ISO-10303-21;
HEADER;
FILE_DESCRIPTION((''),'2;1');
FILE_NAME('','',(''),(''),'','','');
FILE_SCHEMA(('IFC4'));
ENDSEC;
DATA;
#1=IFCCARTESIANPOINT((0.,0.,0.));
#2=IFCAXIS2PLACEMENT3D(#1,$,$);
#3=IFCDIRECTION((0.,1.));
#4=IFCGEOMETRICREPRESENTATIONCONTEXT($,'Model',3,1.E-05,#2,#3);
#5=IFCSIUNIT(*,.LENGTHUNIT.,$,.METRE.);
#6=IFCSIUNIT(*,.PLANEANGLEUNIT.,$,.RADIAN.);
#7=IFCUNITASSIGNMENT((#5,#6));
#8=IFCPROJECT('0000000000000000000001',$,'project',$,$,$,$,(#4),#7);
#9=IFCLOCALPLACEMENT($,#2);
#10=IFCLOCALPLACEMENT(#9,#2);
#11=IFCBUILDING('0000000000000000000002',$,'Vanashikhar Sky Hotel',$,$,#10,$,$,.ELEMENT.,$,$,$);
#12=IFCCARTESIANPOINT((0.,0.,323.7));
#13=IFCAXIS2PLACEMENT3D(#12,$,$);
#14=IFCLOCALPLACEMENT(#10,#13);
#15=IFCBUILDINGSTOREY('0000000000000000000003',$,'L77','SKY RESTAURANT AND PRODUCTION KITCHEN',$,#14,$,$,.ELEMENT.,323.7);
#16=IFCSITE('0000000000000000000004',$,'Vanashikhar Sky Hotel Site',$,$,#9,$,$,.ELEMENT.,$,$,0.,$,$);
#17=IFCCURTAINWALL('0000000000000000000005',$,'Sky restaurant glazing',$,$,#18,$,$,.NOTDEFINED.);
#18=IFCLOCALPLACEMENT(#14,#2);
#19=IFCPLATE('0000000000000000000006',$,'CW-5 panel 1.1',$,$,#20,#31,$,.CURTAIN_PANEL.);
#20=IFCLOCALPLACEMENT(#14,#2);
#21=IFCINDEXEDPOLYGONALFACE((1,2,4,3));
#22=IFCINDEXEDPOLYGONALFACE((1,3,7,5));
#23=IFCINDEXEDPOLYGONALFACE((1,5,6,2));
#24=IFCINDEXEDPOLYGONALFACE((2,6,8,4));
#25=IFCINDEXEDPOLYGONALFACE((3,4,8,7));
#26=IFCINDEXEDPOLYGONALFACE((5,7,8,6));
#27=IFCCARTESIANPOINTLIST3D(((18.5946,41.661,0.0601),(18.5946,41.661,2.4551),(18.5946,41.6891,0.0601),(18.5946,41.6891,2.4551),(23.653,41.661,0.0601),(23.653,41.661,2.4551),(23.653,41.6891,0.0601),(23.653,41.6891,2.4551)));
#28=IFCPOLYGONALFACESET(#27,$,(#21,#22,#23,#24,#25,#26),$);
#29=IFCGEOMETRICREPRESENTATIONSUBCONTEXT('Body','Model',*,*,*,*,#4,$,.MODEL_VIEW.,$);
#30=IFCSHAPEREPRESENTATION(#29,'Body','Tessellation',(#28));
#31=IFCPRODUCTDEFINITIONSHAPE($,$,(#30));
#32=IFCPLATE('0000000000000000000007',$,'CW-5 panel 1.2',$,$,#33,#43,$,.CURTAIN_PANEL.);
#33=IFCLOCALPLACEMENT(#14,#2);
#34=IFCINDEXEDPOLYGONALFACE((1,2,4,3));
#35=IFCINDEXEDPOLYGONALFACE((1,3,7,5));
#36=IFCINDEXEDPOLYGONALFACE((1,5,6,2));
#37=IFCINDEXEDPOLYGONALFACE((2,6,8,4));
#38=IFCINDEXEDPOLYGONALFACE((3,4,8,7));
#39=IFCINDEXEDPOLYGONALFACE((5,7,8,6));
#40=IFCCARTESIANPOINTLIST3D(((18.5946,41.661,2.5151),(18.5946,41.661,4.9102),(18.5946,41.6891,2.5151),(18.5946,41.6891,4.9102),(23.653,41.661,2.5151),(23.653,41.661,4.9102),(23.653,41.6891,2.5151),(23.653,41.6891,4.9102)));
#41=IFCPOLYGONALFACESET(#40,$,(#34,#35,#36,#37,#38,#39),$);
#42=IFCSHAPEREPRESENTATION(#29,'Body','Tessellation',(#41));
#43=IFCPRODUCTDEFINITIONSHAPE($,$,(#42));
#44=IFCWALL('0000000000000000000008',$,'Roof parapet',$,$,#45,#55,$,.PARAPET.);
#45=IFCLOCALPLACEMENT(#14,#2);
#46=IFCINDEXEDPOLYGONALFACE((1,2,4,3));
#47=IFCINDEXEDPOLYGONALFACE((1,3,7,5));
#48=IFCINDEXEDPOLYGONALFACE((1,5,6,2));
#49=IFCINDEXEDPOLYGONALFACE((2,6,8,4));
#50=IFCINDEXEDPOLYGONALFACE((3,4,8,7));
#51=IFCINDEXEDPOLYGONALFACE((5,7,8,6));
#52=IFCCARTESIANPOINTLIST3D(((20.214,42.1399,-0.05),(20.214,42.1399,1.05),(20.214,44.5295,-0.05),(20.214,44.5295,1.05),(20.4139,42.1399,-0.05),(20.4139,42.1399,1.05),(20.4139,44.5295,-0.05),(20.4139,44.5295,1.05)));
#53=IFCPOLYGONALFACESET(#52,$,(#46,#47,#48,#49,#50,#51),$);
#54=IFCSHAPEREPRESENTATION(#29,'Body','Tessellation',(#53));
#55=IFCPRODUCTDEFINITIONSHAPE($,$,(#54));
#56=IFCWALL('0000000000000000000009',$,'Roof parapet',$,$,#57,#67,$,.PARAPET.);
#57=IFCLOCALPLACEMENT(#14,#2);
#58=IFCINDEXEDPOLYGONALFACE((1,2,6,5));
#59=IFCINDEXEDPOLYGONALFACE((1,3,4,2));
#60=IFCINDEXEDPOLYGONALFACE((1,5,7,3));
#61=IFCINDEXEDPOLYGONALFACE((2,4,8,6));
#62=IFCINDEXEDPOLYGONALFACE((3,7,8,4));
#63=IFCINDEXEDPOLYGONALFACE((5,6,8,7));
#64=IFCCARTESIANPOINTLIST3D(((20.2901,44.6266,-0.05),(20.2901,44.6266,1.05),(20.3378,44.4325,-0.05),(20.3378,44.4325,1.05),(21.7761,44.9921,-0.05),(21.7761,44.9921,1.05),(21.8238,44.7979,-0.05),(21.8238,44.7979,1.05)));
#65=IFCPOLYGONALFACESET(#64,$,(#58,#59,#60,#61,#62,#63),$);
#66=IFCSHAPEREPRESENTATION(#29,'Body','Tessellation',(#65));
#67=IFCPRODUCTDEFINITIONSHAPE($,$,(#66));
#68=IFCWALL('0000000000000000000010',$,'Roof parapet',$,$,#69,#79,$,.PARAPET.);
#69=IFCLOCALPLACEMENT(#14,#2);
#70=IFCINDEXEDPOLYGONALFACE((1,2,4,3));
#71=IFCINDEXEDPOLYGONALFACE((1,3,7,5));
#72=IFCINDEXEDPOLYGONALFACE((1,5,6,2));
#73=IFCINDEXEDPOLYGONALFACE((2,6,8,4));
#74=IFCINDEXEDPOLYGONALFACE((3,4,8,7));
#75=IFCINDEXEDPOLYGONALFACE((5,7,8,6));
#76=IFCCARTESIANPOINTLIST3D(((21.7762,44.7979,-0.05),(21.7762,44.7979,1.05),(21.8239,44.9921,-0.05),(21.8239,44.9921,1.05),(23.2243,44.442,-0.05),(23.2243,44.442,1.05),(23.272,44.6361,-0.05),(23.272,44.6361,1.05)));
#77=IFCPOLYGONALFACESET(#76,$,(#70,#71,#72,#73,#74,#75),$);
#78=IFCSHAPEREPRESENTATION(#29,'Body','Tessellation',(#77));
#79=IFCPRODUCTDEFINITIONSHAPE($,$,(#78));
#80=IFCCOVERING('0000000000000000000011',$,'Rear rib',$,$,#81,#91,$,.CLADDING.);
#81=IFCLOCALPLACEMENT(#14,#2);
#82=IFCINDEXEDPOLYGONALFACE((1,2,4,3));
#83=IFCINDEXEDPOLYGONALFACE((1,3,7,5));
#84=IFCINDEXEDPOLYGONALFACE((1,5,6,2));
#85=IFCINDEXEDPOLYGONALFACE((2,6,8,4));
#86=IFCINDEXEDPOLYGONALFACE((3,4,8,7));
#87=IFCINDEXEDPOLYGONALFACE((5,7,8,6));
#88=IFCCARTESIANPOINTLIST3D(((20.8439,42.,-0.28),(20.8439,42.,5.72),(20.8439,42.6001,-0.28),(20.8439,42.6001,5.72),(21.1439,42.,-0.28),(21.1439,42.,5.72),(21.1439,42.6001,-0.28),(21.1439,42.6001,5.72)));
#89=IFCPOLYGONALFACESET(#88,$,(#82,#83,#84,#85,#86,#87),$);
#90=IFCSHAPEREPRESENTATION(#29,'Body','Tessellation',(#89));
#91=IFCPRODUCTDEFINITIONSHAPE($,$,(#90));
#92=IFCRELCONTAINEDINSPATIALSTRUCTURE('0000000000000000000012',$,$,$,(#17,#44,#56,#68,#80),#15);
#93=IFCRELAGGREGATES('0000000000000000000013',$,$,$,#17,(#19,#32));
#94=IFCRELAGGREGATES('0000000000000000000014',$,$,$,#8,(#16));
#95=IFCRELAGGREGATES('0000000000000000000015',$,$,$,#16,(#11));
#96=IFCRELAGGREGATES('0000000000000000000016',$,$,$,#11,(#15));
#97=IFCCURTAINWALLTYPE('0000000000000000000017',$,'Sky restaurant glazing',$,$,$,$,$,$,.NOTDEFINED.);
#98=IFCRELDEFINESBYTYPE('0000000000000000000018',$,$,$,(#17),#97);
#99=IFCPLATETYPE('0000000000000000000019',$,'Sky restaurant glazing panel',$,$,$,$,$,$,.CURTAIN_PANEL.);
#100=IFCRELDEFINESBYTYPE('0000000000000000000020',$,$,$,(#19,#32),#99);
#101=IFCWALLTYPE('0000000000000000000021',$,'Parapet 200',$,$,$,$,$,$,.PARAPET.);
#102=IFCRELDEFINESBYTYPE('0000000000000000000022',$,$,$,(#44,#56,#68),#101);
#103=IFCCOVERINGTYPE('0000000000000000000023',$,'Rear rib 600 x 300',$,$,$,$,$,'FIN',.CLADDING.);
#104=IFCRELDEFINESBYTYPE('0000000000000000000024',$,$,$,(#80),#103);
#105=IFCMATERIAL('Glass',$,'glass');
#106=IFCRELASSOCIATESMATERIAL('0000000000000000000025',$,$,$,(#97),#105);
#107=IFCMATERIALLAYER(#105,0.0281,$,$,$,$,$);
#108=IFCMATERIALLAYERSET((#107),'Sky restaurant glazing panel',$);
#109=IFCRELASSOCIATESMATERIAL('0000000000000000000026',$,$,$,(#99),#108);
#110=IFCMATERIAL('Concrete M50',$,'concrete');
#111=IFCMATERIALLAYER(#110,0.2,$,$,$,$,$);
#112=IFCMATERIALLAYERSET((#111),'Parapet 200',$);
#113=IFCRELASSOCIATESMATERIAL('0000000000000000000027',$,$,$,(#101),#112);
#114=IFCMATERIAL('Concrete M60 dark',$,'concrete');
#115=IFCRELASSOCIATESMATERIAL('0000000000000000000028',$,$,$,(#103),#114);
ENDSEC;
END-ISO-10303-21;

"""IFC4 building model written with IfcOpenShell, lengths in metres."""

from ifc_helpers import new_model, si_unit, direction, frame, frame_2d, origin, origin_2d, place, context, subcontext, project, spatial, rectangle, extrude, source, transform, mapped, material, layer, layer_set, material_profile, profile_set, type_object, element, aggregate, save


model = new_model("IFC4")

# Units and contexts
model_context = context("Model", 3, precision=1e-05, world=origin(), true_north=direction((0.0, 1.0)))
body_context = subcontext(model_context, "Body", "Model", "MODEL_VIEW")
ifc_project = project(units=[si_unit("LENGTHUNIT", "METRE"), si_unit("PLANEANGLEUNIT", "RADIAN")], contexts=[model_context])

# Site, building, storey
site_placement = place(None, origin())
site = spatial("IfcSite", under=ifc_project, at=site_placement, Name="Vanashikhar Sky Hotel Site", CompositionType="ELEMENT", RefElevation=0.0)
building_placement = place(site_placement, origin())
building = spatial("IfcBuilding", under=site, at=building_placement, Name="Vanashikhar Sky Hotel", CompositionType="ELEMENT")
storey_placement = place(building_placement, frame((0.0, 0.0, 323.7)))
storey = spatial("IfcBuildingStorey", under=building, at=storey_placement, Name="L77", Description="SKY RESTAURANT AND PRODUCTION KITCHEN", CompositionType="ELEMENT", Elevation=323.7)

# Curtain wall
ifc_material_1 = material(Name="Glass", Category="glass")
curtain_wall_type = type_object("IfcCurtainWallType", Name="Sky restaurant glazing", PredefinedType="NOTDEFINED", material=ifc_material_1)
curtain_wall_1_placement = place(storey_placement, origin())
curtain_wall_1 = element("IfcCurtainWall", 1, at=curtain_wall_1_placement, inside=storey, type_object=curtain_wall_type, Name="Sky restaurant glazing", PredefinedType="NOTDEFINED")

# Plates
ifc_layer_1 = layer(ifc_material_1, 0.0281)
ifc_layer_set_1 = layer_set([ifc_layer_1], Name="Sky restaurant glazing panel")
plate_type = type_object("IfcPlateType", Name="Sky restaurant glazing panel", PredefinedType="CURTAIN_PANEL", material=ifc_layer_set_1)
shared_shape_1 = source(origin(), body_context, "Body", "SweptSolid", [
    extrude(rectangle(XDim=5.0583, YDim=0.0281, at=origin_2d()), origin(), (0.0, 0.0, 1.0), 2.395),
])
plate_1_placement = place(storey_placement, frame((21.1238, 41.675, 0.0601), z_axis=(0.0, 0.0, 1.0), x_axis=(-1.0, 0.0, 0.0)))
plate_1 = element("IfcPlate", 2, at=plate_1_placement, type_object=plate_type, Name="CW-5 panel 1.1", PredefinedType="CURTAIN_PANEL", context=body_context, shape_type="MappedRepresentation", body=[
    mapped(shared_shape_1, transform((0.0, 0.0, 0.0), scale=1.0)),
])
plate_2_placement = place(storey_placement, frame((21.1238, 41.675, 2.5151), z_axis=(0.0, 0.0, 1.0), x_axis=(-1.0, 0.0, 0.0)))
plate_2 = element("IfcPlate", 3, at=plate_2_placement, type_object=plate_type, Name="CW-5 panel 1.2", PredefinedType="CURTAIN_PANEL", context=body_context, shape_type="MappedRepresentation", body=[
    mapped(shared_shape_1, transform((0.0, 0.0, 0.0), scale=1.0)),
])
aggregate(curtain_wall_1, [plate_1, plate_2])

# Walls
ifc_material_2 = material(Name="Concrete M50", Category="concrete")
ifc_layer_2 = layer(ifc_material_2, 0.2)
ifc_layer_set_2 = layer_set([ifc_layer_2], Name="Parapet 200")
wall_type = type_object("IfcWallType", Name="Parapet 200", PredefinedType="PARAPET", material=ifc_layer_set_2)
shared_shape_2 = source(origin(), body_context, "Body", "SweptSolid", [
    extrude(rectangle(XDim=2.3896, YDim=0.2, at=frame_2d((1.1948, 0.0))), origin(), (0.0, 0.0, 1.0), 1.1001),
])
wall_1_placement = place(storey_placement, frame((20.314, 42.1399, -0.05), z_axis=(0.0, 0.0, 1.0), x_axis=(0.0, 1.0, 0.0)))
element("IfcWall", 4, at=wall_1_placement, inside=storey, type_object=wall_type, Name="Roof parapet", PredefinedType="PARAPET", context=body_context, shape_type="MappedRepresentation", body=[
    mapped(shared_shape_2, transform((0.0, 0.0, 0.0), scale=1.0)),
])
shared_shape_3 = source(origin(), body_context, "Body", "SweptSolid", [
    extrude(rectangle(XDim=1.5303, YDim=0.2, at=frame_2d((0.7651, 0.0))), origin(), (0.0, 0.0, 1.0), 1.1001),
])
wall_2_placement = place(storey_placement, frame((20.314, 44.5295, -0.05), z_axis=(0.0, 0.0, 1.0), x_axis=(0.971064, 0.238818, 0.0)))
element("IfcWall", 5, at=wall_2_placement, inside=storey, type_object=wall_type, Name="Roof parapet", PredefinedType="PARAPET", context=body_context, shape_type="MappedRepresentation", body=[
    mapped(shared_shape_3, transform((0.0, 0.0, 0.0), scale=1.0)),
])
shared_shape_4 = source(origin(), body_context, "Body", "SweptSolid", [
    extrude(rectangle(XDim=1.4912, YDim=0.2, at=frame_2d((0.7456, 0.0))), origin(), (0.0, 0.0, 1.0), 1.1001),
])
wall_3_placement = place(storey_placement, frame((21.8, 44.895, -0.05), z_axis=(0.0, 0.0, 1.0), x_axis=(0.971088, -0.23872, 0.0)))
element("IfcWall", 6, at=wall_3_placement, inside=storey, type_object=wall_type, Name="Roof parapet", PredefinedType="PARAPET", context=body_context, shape_type="MappedRepresentation", body=[
    mapped(shared_shape_4, transform((0.0, 0.0, 0.0), scale=1.0)),
])

# Covering
ifc_material_3 = material(Name="Concrete M60 dark", Category="concrete")
ifc_material_profile_1 = material_profile(ifc_material_3, rectangle(XDim=0.6001, YDim=0.3, at=origin_2d()))
ifc_profile_set_1 = profile_set([ifc_material_profile_1], Name="Rear rib 600 x 300")
covering_type = type_object("IfcCoveringType", Name="Rear rib 600 x 300", ElementType="FIN", PredefinedType="CLADDING", material=ifc_profile_set_1)
shared_shape_5 = source(origin(), body_context, "Body", "SweptSolid", [
    extrude(rectangle(XDim=0.6001, YDim=0.3, at=origin_2d()), origin(), (0.0, 0.0, 1.0), 6.0),
])
covering_placement = place(storey_placement, frame((20.9939, 42.3, -0.28), z_axis=(0.0, 0.0, 1.0), x_axis=(0.0, 1.0, 0.0)))
element("IfcCovering", 7, at=covering_placement, inside=storey, type_object=covering_type, Name="Rear rib", PredefinedType="CLADDING", context=body_context, shape_type="MappedRepresentation", body=[
    mapped(shared_shape_5, transform((0.0, 0.0, 0.0), scale=1.0)),
])

save(model, "model.ifc")
